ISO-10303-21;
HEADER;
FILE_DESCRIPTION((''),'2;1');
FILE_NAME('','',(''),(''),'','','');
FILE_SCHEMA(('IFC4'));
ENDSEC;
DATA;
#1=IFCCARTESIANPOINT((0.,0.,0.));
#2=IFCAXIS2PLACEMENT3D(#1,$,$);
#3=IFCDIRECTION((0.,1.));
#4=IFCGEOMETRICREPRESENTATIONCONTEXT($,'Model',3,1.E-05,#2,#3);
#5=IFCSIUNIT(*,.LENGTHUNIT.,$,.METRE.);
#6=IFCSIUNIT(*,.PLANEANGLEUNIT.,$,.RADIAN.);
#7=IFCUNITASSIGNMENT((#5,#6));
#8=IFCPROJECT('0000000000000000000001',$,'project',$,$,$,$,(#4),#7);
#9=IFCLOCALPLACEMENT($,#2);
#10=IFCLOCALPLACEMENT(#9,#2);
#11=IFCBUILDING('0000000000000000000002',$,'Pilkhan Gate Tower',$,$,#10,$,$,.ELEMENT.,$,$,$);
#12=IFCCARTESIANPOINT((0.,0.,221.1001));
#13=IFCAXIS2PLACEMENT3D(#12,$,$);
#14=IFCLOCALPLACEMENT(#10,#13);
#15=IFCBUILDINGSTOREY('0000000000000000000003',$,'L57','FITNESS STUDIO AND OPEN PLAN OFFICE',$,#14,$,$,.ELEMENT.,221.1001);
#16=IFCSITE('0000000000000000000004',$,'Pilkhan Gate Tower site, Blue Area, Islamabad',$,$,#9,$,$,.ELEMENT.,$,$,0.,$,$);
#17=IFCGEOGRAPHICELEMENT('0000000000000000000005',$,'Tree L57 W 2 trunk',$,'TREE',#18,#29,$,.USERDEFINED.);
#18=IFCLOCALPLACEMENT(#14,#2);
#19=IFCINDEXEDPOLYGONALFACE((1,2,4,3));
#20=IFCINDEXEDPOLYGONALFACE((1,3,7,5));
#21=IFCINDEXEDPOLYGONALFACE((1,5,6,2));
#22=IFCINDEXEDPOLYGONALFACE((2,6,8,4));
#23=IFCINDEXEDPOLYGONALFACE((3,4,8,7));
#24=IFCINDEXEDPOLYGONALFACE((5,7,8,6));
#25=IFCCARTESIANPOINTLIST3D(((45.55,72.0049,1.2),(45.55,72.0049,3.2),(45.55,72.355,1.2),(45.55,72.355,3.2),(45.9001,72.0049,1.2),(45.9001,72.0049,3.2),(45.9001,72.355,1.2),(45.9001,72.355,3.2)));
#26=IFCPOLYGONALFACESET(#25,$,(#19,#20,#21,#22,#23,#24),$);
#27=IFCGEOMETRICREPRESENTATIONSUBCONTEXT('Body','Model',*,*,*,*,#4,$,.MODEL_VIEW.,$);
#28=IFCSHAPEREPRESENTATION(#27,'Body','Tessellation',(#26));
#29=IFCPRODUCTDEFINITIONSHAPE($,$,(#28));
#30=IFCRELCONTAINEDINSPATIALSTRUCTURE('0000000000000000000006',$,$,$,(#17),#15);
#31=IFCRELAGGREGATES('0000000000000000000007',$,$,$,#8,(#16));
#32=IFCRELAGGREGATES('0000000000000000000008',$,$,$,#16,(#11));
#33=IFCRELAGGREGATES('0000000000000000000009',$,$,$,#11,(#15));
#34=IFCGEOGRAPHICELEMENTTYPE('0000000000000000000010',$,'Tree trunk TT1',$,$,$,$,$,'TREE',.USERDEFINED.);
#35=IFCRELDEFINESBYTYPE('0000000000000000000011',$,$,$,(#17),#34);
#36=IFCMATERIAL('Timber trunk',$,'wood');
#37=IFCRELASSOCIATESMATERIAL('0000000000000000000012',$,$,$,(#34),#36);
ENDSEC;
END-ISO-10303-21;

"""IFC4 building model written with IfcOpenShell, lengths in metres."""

from ifc_helpers import new_model, si_unit, direction, frame, origin, origin_2d, place, context, subcontext, project, spatial, rectangle, extrude, material, type_object, element, save


model = new_model("IFC4")

# Units and contexts
model_context = context("Model", 3, precision=1e-05, world=origin(), true_north=direction((0.0, 1.0)))
body_context = subcontext(model_context, "Body", "Model", "MODEL_VIEW")
ifc_project = project(units=[si_unit("LENGTHUNIT", "METRE"), si_unit("PLANEANGLEUNIT", "RADIAN")], contexts=[model_context])

# Site, building, storey
site_placement = place(None, origin())
site = spatial("IfcSite", under=ifc_project, at=site_placement, Name="Pilkhan Gate Tower site, Blue Area, Islamabad", CompositionType="ELEMENT", RefElevation=0.0)
building_placement = place(site_placement, origin())
building = spatial("IfcBuilding", under=site, at=building_placement, Name="Pilkhan Gate Tower", CompositionType="ELEMENT")
storey_placement = place(building_placement, frame((0.0, 0.0, 221.1001)))
storey = spatial("IfcBuildingStorey", under=building, at=storey_placement, Name="L57", Description="FITNESS STUDIO AND OPEN PLAN OFFICE", CompositionType="ELEMENT", Elevation=221.1001)

# Geographic element
ifc_material_1 = material(Name="Timber trunk", Category="wood")
geographic_element_type_1 = type_object("IfcGeographicElementType", Name="Tree trunk TT1", ElementType="TREE", PredefinedType="USERDEFINED", material=ifc_material_1)
for number, where, z_axis, x_axis, name in (
    (1, (45.7251, 72.1799, 1.2), (0.0, 0.0, 1.0), (1.0, 0.0, 0.0), "Tree L57 W 2 trunk"),
):
    element("IfcGeographicElement", number, at=place(storey_placement, frame(where, z_axis=z_axis, x_axis=x_axis)), inside=storey, type_object=geographic_element_type_1, Name=name, ObjectType="TREE", PredefinedType="USERDEFINED", context=body_context, shape_type="SweptSolid", body=[
        extrude(rectangle(XDim=0.3501, YDim=0.3501, at=origin_2d()), origin(), (0.0, 0.0, 1.0), 2.0),
    ])

save(model, "model.ifc")
